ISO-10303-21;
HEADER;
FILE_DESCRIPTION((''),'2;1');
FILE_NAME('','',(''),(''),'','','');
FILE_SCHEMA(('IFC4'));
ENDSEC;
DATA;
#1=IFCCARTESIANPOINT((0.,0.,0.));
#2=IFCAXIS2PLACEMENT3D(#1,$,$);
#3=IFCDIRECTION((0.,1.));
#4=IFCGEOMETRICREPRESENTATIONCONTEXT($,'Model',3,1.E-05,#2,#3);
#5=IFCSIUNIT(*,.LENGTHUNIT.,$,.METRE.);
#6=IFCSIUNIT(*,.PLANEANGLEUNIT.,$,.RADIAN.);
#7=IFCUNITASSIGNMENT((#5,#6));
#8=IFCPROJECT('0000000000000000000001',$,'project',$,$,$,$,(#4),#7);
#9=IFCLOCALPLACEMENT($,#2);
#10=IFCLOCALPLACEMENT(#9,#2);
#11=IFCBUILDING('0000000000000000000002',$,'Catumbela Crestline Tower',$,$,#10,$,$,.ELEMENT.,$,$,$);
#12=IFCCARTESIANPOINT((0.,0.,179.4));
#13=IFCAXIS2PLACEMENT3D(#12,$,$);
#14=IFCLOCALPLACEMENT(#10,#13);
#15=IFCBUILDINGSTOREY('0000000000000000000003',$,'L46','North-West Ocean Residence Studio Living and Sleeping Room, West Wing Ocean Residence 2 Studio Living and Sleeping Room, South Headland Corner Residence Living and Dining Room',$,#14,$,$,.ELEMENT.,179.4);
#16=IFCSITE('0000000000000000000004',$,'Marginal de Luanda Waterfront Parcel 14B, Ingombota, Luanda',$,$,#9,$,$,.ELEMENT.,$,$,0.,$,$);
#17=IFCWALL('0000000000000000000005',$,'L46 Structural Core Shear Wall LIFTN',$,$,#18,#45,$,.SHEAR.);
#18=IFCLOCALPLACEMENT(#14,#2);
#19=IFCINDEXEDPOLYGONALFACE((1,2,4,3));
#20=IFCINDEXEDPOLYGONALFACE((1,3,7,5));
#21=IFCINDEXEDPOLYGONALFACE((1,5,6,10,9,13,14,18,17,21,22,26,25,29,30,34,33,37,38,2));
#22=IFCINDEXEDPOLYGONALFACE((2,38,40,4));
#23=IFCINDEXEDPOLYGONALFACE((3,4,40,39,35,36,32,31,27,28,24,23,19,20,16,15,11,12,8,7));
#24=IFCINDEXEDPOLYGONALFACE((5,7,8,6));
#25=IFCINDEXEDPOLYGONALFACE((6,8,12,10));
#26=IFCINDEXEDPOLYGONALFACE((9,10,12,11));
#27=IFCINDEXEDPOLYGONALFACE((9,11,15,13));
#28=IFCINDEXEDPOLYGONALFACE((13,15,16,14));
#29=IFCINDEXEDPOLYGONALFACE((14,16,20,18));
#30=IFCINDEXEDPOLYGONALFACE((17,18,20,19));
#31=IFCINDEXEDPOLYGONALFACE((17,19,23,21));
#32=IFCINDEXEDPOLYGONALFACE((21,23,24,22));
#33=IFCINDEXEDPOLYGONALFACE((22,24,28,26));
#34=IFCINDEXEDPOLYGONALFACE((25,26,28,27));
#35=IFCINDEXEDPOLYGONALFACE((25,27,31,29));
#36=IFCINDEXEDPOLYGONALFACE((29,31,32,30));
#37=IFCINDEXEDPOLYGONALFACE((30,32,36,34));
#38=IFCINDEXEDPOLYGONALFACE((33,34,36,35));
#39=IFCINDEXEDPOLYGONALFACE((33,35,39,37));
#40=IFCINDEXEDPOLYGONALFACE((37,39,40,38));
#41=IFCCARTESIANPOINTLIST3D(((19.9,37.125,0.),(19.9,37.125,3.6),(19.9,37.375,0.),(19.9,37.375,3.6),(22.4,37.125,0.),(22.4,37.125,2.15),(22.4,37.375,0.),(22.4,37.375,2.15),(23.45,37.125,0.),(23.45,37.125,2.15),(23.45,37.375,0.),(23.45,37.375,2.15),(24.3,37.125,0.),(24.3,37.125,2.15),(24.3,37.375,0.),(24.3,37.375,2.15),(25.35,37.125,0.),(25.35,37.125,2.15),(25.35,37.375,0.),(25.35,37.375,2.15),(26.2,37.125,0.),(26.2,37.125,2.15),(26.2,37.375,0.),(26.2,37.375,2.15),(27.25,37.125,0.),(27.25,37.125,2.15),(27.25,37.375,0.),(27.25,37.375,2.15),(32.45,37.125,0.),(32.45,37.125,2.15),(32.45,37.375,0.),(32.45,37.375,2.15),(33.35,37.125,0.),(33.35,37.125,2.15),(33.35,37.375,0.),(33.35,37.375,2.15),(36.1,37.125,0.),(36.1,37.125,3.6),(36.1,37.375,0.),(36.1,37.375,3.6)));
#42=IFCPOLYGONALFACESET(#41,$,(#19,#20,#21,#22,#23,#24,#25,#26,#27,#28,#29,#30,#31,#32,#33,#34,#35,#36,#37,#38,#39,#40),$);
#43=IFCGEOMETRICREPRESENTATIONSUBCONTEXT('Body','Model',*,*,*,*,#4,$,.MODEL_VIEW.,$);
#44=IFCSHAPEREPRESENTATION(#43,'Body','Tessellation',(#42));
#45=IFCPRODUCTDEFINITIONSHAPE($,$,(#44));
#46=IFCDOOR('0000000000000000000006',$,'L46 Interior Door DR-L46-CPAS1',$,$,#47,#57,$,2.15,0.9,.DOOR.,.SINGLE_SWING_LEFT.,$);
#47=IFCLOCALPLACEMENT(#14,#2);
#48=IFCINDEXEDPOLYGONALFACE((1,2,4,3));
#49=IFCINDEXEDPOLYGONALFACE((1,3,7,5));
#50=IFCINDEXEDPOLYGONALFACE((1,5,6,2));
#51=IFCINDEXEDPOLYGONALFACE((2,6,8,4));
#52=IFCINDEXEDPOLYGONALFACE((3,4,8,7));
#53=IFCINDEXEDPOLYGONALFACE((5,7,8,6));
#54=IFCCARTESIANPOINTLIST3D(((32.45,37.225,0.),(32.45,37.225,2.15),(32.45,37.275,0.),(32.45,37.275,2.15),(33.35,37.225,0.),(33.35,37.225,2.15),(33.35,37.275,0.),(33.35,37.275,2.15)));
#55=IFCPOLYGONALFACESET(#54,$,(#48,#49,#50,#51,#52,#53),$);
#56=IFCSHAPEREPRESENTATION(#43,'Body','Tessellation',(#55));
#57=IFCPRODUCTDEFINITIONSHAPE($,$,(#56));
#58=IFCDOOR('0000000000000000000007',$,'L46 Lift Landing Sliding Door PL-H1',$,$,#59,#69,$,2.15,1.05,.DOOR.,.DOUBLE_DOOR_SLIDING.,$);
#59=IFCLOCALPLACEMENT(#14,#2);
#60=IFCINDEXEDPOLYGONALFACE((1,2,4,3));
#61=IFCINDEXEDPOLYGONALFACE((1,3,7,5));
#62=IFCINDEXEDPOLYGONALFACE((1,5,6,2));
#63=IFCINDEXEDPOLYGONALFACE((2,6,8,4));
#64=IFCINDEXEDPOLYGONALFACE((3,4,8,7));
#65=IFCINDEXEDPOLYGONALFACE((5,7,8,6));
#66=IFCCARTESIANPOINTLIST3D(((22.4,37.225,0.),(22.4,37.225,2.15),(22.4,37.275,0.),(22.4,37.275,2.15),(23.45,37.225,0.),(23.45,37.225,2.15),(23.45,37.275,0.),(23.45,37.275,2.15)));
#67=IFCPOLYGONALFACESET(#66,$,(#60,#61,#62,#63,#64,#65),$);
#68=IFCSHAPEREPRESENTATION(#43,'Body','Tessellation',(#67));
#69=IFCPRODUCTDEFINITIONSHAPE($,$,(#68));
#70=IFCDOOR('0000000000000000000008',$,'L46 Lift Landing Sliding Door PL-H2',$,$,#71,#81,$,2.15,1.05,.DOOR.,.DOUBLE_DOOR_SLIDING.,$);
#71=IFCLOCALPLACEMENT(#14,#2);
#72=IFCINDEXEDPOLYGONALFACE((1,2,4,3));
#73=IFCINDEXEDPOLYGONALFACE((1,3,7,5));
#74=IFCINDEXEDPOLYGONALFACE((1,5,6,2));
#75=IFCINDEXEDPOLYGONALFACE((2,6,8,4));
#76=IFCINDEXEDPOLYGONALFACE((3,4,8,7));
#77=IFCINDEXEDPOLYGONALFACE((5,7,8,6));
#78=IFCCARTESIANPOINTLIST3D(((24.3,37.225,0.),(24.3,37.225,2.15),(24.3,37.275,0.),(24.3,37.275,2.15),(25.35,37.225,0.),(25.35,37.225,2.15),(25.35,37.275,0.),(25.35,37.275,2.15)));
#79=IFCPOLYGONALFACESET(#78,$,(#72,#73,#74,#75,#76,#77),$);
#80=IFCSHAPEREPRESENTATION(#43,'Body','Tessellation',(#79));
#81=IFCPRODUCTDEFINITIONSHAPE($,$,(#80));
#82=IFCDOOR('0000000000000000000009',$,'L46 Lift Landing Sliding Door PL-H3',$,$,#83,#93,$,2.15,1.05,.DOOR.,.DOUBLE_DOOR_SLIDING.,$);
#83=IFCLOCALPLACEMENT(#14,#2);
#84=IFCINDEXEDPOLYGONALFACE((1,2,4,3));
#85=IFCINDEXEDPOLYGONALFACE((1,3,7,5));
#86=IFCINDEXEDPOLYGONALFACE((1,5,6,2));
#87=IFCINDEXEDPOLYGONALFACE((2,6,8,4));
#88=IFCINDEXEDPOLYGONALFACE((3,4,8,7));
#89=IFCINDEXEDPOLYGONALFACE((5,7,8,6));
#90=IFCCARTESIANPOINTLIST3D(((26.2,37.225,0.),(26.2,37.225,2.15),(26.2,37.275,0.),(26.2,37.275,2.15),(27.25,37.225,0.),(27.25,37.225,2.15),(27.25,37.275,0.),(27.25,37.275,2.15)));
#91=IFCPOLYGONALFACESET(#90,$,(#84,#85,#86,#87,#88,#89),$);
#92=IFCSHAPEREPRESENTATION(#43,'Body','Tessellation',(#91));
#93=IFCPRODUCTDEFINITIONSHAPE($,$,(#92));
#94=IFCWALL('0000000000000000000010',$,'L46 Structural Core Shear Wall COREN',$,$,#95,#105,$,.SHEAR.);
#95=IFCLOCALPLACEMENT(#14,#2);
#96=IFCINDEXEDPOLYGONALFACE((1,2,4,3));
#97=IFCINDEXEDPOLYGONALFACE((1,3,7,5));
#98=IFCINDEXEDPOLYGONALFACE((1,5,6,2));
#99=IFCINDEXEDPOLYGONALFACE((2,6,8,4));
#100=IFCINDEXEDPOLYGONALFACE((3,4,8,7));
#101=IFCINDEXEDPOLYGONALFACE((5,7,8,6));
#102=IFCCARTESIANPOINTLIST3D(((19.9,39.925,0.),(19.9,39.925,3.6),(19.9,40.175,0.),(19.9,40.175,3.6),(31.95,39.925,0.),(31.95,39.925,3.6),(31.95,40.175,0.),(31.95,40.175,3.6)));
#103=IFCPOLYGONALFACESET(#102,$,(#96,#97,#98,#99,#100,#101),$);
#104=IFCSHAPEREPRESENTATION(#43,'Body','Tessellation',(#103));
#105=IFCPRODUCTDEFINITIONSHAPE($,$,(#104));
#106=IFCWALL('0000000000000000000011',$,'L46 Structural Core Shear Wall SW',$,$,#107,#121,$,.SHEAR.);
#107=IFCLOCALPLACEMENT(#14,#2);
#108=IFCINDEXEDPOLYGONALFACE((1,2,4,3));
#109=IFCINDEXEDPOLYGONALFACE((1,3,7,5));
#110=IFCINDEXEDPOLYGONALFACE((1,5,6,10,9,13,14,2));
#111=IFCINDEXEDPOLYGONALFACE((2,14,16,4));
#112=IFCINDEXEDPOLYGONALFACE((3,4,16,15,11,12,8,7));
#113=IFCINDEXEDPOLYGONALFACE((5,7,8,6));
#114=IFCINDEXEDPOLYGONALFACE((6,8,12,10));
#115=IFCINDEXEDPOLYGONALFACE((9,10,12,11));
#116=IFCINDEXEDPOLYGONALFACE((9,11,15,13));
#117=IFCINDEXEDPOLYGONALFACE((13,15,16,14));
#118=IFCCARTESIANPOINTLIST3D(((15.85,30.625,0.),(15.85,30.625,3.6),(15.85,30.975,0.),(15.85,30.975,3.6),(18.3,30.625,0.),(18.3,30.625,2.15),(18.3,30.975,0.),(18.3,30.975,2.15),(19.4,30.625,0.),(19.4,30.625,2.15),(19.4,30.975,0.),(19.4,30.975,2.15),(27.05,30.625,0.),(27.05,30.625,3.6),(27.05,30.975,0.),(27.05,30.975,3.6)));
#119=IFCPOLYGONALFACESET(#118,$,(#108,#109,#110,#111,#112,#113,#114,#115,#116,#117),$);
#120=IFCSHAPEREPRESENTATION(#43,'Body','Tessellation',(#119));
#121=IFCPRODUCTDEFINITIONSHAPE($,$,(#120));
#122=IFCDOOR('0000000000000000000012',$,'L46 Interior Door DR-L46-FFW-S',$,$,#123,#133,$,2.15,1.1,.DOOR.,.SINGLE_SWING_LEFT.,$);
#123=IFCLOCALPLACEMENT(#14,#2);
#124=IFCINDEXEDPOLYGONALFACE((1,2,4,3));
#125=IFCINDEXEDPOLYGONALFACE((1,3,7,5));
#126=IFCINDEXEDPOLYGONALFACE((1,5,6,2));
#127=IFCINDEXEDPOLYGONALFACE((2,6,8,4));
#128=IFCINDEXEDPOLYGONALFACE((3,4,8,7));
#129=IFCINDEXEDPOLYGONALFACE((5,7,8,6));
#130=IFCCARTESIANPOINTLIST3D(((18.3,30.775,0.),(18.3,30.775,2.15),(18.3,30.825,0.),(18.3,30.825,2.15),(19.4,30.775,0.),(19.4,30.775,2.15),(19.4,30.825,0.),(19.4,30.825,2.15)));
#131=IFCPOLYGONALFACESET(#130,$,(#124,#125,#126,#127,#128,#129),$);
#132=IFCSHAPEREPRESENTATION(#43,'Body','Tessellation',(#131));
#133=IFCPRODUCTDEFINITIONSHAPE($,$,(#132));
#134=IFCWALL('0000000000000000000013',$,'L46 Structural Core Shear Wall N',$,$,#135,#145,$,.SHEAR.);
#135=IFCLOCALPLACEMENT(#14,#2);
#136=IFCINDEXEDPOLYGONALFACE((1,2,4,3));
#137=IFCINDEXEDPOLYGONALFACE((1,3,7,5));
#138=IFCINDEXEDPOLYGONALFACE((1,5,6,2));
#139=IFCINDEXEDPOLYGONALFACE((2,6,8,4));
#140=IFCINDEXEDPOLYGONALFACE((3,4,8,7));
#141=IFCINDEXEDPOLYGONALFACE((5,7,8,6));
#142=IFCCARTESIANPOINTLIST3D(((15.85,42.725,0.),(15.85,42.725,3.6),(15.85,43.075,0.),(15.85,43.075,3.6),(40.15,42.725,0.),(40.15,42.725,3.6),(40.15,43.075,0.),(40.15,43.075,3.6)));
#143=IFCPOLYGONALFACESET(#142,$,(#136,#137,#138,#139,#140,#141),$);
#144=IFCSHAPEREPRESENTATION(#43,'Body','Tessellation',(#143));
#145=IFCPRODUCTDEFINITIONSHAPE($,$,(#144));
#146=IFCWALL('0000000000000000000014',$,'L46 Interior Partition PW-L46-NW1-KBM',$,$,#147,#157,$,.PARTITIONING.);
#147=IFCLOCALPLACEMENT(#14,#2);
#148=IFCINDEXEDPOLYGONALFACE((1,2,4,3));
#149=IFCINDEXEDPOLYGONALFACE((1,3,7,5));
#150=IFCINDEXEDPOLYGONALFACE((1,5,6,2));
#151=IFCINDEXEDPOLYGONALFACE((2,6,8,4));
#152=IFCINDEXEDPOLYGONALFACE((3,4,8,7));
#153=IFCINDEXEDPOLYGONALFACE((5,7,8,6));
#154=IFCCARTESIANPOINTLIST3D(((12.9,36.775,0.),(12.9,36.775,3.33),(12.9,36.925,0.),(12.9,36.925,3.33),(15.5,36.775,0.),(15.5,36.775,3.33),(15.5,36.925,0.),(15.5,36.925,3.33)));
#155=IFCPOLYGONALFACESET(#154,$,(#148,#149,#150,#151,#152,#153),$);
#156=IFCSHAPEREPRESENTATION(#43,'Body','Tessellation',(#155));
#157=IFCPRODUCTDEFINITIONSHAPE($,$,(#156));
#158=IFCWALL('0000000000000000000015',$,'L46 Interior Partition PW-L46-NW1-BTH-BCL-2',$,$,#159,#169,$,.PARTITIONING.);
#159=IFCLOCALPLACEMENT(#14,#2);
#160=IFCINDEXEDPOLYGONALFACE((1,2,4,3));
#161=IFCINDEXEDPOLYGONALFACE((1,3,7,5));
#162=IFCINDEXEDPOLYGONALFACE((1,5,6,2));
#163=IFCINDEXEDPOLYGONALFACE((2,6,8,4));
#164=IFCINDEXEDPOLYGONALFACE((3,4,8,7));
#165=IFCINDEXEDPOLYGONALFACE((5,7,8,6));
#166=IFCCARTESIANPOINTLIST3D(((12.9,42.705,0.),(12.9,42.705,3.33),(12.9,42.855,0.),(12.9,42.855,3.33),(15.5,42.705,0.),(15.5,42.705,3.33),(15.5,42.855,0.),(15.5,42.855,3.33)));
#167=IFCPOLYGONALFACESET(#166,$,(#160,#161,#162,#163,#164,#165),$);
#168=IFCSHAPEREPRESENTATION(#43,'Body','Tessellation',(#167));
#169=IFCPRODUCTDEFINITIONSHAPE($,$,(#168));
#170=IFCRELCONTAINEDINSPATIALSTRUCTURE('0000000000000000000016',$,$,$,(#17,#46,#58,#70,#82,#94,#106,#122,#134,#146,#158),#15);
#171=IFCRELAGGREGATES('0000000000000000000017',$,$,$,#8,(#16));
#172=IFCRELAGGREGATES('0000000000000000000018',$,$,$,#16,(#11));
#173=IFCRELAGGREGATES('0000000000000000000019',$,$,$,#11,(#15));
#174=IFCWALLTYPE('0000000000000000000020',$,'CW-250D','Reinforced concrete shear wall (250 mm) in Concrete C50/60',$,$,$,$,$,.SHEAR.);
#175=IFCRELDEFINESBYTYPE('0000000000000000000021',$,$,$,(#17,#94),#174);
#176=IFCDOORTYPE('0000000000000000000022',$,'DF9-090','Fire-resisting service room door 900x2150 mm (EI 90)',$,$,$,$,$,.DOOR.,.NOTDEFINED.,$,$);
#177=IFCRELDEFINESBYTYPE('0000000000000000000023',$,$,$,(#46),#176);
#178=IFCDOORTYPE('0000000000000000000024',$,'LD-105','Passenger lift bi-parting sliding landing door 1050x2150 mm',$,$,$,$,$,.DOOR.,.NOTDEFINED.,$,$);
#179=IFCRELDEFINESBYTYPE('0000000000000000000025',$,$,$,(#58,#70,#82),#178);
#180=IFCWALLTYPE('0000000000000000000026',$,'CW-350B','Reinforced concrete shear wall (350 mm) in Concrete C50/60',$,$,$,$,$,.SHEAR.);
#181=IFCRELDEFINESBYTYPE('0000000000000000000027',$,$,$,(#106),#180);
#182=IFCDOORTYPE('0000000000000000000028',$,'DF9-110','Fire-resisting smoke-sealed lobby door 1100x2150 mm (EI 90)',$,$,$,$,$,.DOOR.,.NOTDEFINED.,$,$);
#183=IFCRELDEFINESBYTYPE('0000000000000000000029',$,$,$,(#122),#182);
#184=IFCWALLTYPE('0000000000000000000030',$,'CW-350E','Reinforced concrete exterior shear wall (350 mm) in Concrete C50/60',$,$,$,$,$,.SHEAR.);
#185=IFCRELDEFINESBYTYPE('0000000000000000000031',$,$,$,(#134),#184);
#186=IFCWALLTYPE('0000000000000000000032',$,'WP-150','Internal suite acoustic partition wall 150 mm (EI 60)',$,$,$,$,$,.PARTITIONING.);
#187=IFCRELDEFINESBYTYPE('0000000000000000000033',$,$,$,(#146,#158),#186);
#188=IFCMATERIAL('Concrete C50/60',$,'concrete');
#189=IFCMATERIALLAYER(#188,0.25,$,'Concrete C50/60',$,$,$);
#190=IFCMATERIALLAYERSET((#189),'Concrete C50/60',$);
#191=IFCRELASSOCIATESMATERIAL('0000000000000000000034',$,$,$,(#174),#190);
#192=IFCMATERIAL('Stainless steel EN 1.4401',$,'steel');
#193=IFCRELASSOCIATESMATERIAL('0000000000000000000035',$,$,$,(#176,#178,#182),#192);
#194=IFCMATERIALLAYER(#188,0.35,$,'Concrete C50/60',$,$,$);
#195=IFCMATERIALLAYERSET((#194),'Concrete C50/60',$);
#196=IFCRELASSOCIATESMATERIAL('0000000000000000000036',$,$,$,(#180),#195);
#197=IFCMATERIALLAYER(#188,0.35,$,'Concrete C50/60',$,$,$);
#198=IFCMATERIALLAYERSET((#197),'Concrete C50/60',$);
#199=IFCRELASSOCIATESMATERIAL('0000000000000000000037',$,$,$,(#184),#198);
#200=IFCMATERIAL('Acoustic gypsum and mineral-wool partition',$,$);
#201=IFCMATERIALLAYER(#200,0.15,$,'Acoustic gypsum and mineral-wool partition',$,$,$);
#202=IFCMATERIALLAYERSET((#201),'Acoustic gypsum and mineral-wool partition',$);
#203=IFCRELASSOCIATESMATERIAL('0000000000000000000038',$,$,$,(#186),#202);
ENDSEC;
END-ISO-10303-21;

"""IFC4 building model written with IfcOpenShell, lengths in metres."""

from ifc_helpers import new_model, si_unit, direction, frame, frame_2d, origin, place, context, subcontext, project, spatial, rectangle, extrude, material, layer, layer_set, type_object, element, fill, save


model = new_model("IFC4")

# Units and contexts
model_context = context("Model", 3, precision=1e-05, world=origin(), true_north=direction((0.0, 1.0)))
body_context = subcontext(model_context, "Body", "Model", "MODEL_VIEW")
ifc_project = project(units=[si_unit("LENGTHUNIT", "METRE"), si_unit("PLANEANGLEUNIT", "RADIAN")], contexts=[model_context])

# Site, building, storey
site_placement = place(None, origin())
site = spatial("IfcSite", under=ifc_project, at=site_placement, Name="Marginal de Luanda Waterfront Parcel 14B, Ingombota, Luanda", CompositionType="ELEMENT", RefElevation=0.0)
building_placement = place(site_placement, origin())
building = spatial("IfcBuilding", under=site, at=building_placement, Name="Catumbela Crestline Tower", CompositionType="ELEMENT")
storey_placement = place(building_placement, frame((0.0, 0.0, 179.4)))
storey = spatial("IfcBuildingStorey", under=building, at=storey_placement, Name="L46", Description="North-West Ocean Residence Studio Living and Sleeping Room, West Wing Ocean Residence 2 Studio Living and Sleeping Room, South Headland Corner Residence Living and Dining Room", CompositionType="ELEMENT", Elevation=179.4)

# Shared definitions
ifc_material_1 = material(Name="Concrete C50/60", Category="concrete")
ifc_layer_1 = layer(ifc_material_1, 0.25, Name="Concrete C50/60")
ifc_layer_set_1 = layer_set([ifc_layer_1], Name="Concrete C50/60")
wall_type_1 = type_object("IfcWallType", Name="CW-250D", Description="Reinforced concrete shear wall (250 mm) in Concrete C50/60", PredefinedType="SHEAR", material=ifc_layer_set_1)

# Wall, openings, doors
ifc_material_2 = material(Name="Stainless steel EN 1.4401", Category="steel")
wall_1_placement = place(storey_placement, frame((19.9, 37.25, 0.0), z_axis=(0.0, 0.0, 1.0), x_axis=(1.0, 0.0, 0.0)))
wall_1 = element("IfcWall", 1, at=wall_1_placement, inside=storey, type_object=wall_type_1, Name="L46 Structural Core Shear Wall LIFTN", PredefinedType="SHEAR", context=body_context, shape_type="SweptSolid", body=[
    extrude(rectangle(XDim=16.2, YDim=0.25, at=frame_2d((8.1, 0.0))), origin(), (0.0, 0.0, 1.0), 3.6),
])
opening_1_placement = place(wall_1_placement, frame((12.55, 0.0, 0.0)))
opening_1 = element("IfcOpeningElement", 2, at=opening_1_placement, cuts=wall_1, PredefinedType="OPENING", context=body_context, shape_type="SweptSolid", body=[
    extrude(rectangle(XDim=0.9, YDim=2.15, at=frame_2d((0.45, 1.075))), frame((0.0, 0.135, 0.0), z_axis=(0.0, -1.0, 0.0), x_axis=(1.0, 0.0, 0.0)), (0.0, 0.0, 1.0), 0.27),
])
opening_2_placement = place(wall_1_placement, frame((2.5, 0.0, 0.0)))
opening_2 = element("IfcOpeningElement", 3, at=opening_2_placement, cuts=wall_1, PredefinedType="OPENING", context=body_context, shape_type="SweptSolid", body=[
    extrude(rectangle(XDim=1.05, YDim=2.15, at=frame_2d((0.525, 1.075))), frame((0.0, 0.135, 0.0), z_axis=(0.0, -1.0, 0.0), x_axis=(1.0, 0.0, 0.0)), (0.0, 0.0, 1.0), 0.27),
])
opening_3_placement = place(wall_1_placement, frame((4.4, 0.0, 0.0)))
opening_3 = element("IfcOpeningElement", 4, at=opening_3_placement, cuts=wall_1, PredefinedType="OPENING", context=body_context, shape_type="SweptSolid", body=[
    extrude(rectangle(XDim=1.05, YDim=2.15, at=frame_2d((0.525, 1.075))), frame((0.0, 0.135, 0.0), z_axis=(0.0, -1.0, 0.0), x_axis=(1.0, 0.0, 0.0)), (0.0, 0.0, 1.0), 0.27),
])
opening_4_placement = place(wall_1_placement, frame((6.3, 0.0, 0.0)))
opening_4 = element("IfcOpeningElement", 5, at=opening_4_placement, cuts=wall_1, PredefinedType="OPENING", context=body_context, shape_type="SweptSolid", body=[
    extrude(rectangle(XDim=1.05, YDim=2.15, at=frame_2d((0.525, 1.075))), frame((0.0, 0.135, 0.0), z_axis=(0.0, -1.0, 0.0), x_axis=(1.0, 0.0, 0.0)), (0.0, 0.0, 1.0), 0.27),
])
door_type_1 = type_object("IfcDoorType", Name="DF9-090", Description="Fire-resisting service room door 900x2150 mm (EI 90)", OperationType="NOTDEFINED", PredefinedType="DOOR", material=ifc_material_2)
door_1_placement = place(opening_1_placement, origin())
door_1 = element("IfcDoor", 6, at=door_1_placement, inside=storey, type_object=door_type_1, Name="L46 Interior Door DR-L46-CPAS1", OperationType="SINGLE_SWING_LEFT", OverallHeight=2.15, OverallWidth=0.9, PredefinedType="DOOR", context=body_context, shape_type="SweptSolid", body=[
    extrude(rectangle(XDim=0.9, YDim=2.15, at=frame_2d((0.45, 1.075))), frame((0.0, 0.025, 0.0), z_axis=(0.0, -1.0, 0.0), x_axis=(1.0, 0.0, 0.0)), (0.0, 0.0, 1.0), 0.05),
])
fill(opening_1, door_1)
door_type_2 = type_object("IfcDoorType", Name="LD-105", Description="Passenger lift bi-parting sliding landing door 1050x2150 mm", OperationType="NOTDEFINED", PredefinedType="DOOR", material=ifc_material_2)
door_2_placement = place(opening_2_placement, origin())
door_2 = element("IfcDoor", 7, at=door_2_placement, inside=storey, type_object=door_type_2, Name="L46 Lift Landing Sliding Door PL-H1", OperationType="DOUBLE_DOOR_SLIDING", OverallHeight=2.15, OverallWidth=1.05, PredefinedType="DOOR", context=body_context, shape_type="SweptSolid", body=[
    extrude(rectangle(XDim=1.05, YDim=2.15, at=frame_2d((0.525, 1.075))), frame((0.0, 0.025, 0.0), z_axis=(0.0, -1.0, 0.0), x_axis=(1.0, 0.0, 0.0)), (0.0, 0.0, 1.0), 0.05),
])
fill(opening_2, door_2)
door_3_placement = place(opening_3_placement, origin())
door_3 = element("IfcDoor", 8, at=door_3_placement, inside=storey, type_object=door_type_2, Name="L46 Lift Landing Sliding Door PL-H2", OperationType="DOUBLE_DOOR_SLIDING", OverallHeight=2.15, OverallWidth=1.05, PredefinedType="DOOR", context=body_context, shape_type="SweptSolid", body=[
    extrude(rectangle(XDim=1.05, YDim=2.15, at=frame_2d((0.525, 1.075))), frame((0.0, 0.025, 0.0), z_axis=(0.0, -1.0, 0.0), x_axis=(1.0, 0.0, 0.0)), (0.0, 0.0, 1.0), 0.05),
])
fill(opening_3, door_3)
door_4_placement = place(opening_4_placement, origin())
door_4 = element("IfcDoor", 9, at=door_4_placement, inside=storey, type_object=door_type_2, Name="L46 Lift Landing Sliding Door PL-H3", OperationType="DOUBLE_DOOR_SLIDING", OverallHeight=2.15, OverallWidth=1.05, PredefinedType="DOOR", context=body_context, shape_type="SweptSolid", body=[
    extrude(rectangle(XDim=1.05, YDim=2.15, at=frame_2d((0.525, 1.075))), frame((0.0, 0.025, 0.0), z_axis=(0.0, -1.0, 0.0), x_axis=(1.0, 0.0, 0.0)), (0.0, 0.0, 1.0), 0.05),
])
fill(opening_4, door_4)

# Wall
wall_2_placement = place(storey_placement, frame((19.9, 40.05, 0.0), z_axis=(0.0, 0.0, 1.0), x_axis=(1.0, 0.0, 0.0)))
element("IfcWall", 10, at=wall_2_placement, inside=storey, type_object=wall_type_1, Name="L46 Structural Core Shear Wall COREN", PredefinedType="SHEAR", context=body_context, shape_type="SweptSolid", body=[
    extrude(rectangle(XDim=12.05, YDim=0.25, at=frame_2d((6.025, 0.0))), origin(), (0.0, 0.0, 1.0), 3.6),
])

# Wall, opening, door
ifc_layer_2 = layer(ifc_material_1, 0.35, Name="Concrete C50/60")
ifc_layer_set_2 = layer_set([ifc_layer_2], Name="Concrete C50/60")
wall_type_2 = type_object("IfcWallType", Name="CW-350B", Description="Reinforced concrete shear wall (350 mm) in Concrete C50/60", PredefinedType="SHEAR", material=ifc_layer_set_2)
wall_3_placement = place(storey_placement, frame((15.85, 30.8, 0.0), z_axis=(0.0, 0.0, 1.0), x_axis=(1.0, 0.0, 0.0)))
wall_3 = element("IfcWall", 11, at=wall_3_placement, inside=storey, type_object=wall_type_2, Name="L46 Structural Core Shear Wall SW", PredefinedType="SHEAR", context=body_context, shape_type="SweptSolid", body=[
    extrude(rectangle(XDim=11.2, YDim=0.35, at=frame_2d((5.6, 0.0))), origin(), (0.0, 0.0, 1.0), 3.6),
])
opening_5_placement = place(wall_3_placement, frame((2.45, 0.0, 0.0)))
opening_5 = element("IfcOpeningElement", 12, at=opening_5_placement, cuts=wall_3, PredefinedType="OPENING", context=body_context, shape_type="SweptSolid", body=[
    extrude(rectangle(XDim=1.1, YDim=2.15, at=frame_2d((0.55, 1.075))), frame((0.0, 0.185, 0.0), z_axis=(0.0, -1.0, 0.0), x_axis=(1.0, 0.0, 0.0)), (0.0, 0.0, 1.0), 0.37),
])
door_type_3 = type_object("IfcDoorType", Name="DF9-110", Description="Fire-resisting smoke-sealed lobby door 1100x2150 mm (EI 90)", OperationType="NOTDEFINED", PredefinedType="DOOR", material=ifc_material_2)
door_5_placement = place(opening_5_placement, origin())
door_5 = element("IfcDoor", 13, at=door_5_placement, inside=storey, type_object=door_type_3, Name="L46 Interior Door DR-L46-FFW-S", OperationType="SINGLE_SWING_LEFT", OverallHeight=2.15, OverallWidth=1.1, PredefinedType="DOOR", context=body_context, shape_type="SweptSolid", body=[
    extrude(rectangle(XDim=1.1, YDim=2.15, at=frame_2d((0.55, 1.075))), frame((0.0, 0.025, 0.0), z_axis=(0.0, -1.0, 0.0), x_axis=(1.0, 0.0, 0.0)), (0.0, 0.0, 1.0), 0.05),
])
fill(opening_5, door_5)

# Walls
ifc_layer_3 = layer(ifc_material_1, 0.35, Name="Concrete C50/60")
ifc_layer_set_3 = layer_set([ifc_layer_3], Name="Concrete C50/60")
wall_type_3 = type_object("IfcWallType", Name="CW-350E", Description="Reinforced concrete exterior shear wall (350 mm) in Concrete C50/60", PredefinedType="SHEAR", material=ifc_layer_set_3)
wall_4_placement = place(storey_placement, frame((15.85, 42.9, 0.0), z_axis=(0.0, 0.0, 1.0), x_axis=(1.0, 0.0, 0.0)))
element("IfcWall", 14, at=wall_4_placement, inside=storey, type_object=wall_type_3, Name="L46 Structural Core Shear Wall N", PredefinedType="SHEAR", context=body_context, shape_type="SweptSolid", body=[
    extrude(rectangle(XDim=24.3, YDim=0.35, at=frame_2d((12.15, 0.0))), origin(), (0.0, 0.0, 1.0), 3.6),
])
ifc_material_3 = material(Name="Acoustic gypsum and mineral-wool partition")
ifc_layer_4 = layer(ifc_material_3, 0.15, Name="Acoustic gypsum and mineral-wool partition")
ifc_layer_set_4 = layer_set([ifc_layer_4], Name="Acoustic gypsum and mineral-wool partition")
wall_type_4 = type_object("IfcWallType", Name="WP-150", Description="Internal suite acoustic partition wall 150 mm (EI 60)", PredefinedType="PARTITIONING", material=ifc_layer_set_4)
for number, where, z_axis, x_axis, name in (
    (15, (12.9, 36.85, 0.0), (0.0, 0.0, 1.0), (1.0, 0.0, 0.0), "L46 Interior Partition PW-L46-NW1-KBM"),
    (16, (12.9, 42.78, 0.0), (0.0, 0.0, 1.0), (1.0, 0.0, 0.0), "L46 Interior Partition PW-L46-NW1-BTH-BCL-2"),
):
    element("IfcWall", number, at=place(storey_placement, frame(where, z_axis=z_axis, x_axis=x_axis)), inside=storey, type_object=wall_type_4, Name=name, PredefinedType="PARTITIONING", context=body_context, shape_type="SweptSolid", body=[
        extrude(rectangle(XDim=2.6, YDim=0.15, at=frame_2d((1.3, 0.0))), origin(), (0.0, 0.0, 1.0), 3.33),
    ])

save(model, "model.ifc")
